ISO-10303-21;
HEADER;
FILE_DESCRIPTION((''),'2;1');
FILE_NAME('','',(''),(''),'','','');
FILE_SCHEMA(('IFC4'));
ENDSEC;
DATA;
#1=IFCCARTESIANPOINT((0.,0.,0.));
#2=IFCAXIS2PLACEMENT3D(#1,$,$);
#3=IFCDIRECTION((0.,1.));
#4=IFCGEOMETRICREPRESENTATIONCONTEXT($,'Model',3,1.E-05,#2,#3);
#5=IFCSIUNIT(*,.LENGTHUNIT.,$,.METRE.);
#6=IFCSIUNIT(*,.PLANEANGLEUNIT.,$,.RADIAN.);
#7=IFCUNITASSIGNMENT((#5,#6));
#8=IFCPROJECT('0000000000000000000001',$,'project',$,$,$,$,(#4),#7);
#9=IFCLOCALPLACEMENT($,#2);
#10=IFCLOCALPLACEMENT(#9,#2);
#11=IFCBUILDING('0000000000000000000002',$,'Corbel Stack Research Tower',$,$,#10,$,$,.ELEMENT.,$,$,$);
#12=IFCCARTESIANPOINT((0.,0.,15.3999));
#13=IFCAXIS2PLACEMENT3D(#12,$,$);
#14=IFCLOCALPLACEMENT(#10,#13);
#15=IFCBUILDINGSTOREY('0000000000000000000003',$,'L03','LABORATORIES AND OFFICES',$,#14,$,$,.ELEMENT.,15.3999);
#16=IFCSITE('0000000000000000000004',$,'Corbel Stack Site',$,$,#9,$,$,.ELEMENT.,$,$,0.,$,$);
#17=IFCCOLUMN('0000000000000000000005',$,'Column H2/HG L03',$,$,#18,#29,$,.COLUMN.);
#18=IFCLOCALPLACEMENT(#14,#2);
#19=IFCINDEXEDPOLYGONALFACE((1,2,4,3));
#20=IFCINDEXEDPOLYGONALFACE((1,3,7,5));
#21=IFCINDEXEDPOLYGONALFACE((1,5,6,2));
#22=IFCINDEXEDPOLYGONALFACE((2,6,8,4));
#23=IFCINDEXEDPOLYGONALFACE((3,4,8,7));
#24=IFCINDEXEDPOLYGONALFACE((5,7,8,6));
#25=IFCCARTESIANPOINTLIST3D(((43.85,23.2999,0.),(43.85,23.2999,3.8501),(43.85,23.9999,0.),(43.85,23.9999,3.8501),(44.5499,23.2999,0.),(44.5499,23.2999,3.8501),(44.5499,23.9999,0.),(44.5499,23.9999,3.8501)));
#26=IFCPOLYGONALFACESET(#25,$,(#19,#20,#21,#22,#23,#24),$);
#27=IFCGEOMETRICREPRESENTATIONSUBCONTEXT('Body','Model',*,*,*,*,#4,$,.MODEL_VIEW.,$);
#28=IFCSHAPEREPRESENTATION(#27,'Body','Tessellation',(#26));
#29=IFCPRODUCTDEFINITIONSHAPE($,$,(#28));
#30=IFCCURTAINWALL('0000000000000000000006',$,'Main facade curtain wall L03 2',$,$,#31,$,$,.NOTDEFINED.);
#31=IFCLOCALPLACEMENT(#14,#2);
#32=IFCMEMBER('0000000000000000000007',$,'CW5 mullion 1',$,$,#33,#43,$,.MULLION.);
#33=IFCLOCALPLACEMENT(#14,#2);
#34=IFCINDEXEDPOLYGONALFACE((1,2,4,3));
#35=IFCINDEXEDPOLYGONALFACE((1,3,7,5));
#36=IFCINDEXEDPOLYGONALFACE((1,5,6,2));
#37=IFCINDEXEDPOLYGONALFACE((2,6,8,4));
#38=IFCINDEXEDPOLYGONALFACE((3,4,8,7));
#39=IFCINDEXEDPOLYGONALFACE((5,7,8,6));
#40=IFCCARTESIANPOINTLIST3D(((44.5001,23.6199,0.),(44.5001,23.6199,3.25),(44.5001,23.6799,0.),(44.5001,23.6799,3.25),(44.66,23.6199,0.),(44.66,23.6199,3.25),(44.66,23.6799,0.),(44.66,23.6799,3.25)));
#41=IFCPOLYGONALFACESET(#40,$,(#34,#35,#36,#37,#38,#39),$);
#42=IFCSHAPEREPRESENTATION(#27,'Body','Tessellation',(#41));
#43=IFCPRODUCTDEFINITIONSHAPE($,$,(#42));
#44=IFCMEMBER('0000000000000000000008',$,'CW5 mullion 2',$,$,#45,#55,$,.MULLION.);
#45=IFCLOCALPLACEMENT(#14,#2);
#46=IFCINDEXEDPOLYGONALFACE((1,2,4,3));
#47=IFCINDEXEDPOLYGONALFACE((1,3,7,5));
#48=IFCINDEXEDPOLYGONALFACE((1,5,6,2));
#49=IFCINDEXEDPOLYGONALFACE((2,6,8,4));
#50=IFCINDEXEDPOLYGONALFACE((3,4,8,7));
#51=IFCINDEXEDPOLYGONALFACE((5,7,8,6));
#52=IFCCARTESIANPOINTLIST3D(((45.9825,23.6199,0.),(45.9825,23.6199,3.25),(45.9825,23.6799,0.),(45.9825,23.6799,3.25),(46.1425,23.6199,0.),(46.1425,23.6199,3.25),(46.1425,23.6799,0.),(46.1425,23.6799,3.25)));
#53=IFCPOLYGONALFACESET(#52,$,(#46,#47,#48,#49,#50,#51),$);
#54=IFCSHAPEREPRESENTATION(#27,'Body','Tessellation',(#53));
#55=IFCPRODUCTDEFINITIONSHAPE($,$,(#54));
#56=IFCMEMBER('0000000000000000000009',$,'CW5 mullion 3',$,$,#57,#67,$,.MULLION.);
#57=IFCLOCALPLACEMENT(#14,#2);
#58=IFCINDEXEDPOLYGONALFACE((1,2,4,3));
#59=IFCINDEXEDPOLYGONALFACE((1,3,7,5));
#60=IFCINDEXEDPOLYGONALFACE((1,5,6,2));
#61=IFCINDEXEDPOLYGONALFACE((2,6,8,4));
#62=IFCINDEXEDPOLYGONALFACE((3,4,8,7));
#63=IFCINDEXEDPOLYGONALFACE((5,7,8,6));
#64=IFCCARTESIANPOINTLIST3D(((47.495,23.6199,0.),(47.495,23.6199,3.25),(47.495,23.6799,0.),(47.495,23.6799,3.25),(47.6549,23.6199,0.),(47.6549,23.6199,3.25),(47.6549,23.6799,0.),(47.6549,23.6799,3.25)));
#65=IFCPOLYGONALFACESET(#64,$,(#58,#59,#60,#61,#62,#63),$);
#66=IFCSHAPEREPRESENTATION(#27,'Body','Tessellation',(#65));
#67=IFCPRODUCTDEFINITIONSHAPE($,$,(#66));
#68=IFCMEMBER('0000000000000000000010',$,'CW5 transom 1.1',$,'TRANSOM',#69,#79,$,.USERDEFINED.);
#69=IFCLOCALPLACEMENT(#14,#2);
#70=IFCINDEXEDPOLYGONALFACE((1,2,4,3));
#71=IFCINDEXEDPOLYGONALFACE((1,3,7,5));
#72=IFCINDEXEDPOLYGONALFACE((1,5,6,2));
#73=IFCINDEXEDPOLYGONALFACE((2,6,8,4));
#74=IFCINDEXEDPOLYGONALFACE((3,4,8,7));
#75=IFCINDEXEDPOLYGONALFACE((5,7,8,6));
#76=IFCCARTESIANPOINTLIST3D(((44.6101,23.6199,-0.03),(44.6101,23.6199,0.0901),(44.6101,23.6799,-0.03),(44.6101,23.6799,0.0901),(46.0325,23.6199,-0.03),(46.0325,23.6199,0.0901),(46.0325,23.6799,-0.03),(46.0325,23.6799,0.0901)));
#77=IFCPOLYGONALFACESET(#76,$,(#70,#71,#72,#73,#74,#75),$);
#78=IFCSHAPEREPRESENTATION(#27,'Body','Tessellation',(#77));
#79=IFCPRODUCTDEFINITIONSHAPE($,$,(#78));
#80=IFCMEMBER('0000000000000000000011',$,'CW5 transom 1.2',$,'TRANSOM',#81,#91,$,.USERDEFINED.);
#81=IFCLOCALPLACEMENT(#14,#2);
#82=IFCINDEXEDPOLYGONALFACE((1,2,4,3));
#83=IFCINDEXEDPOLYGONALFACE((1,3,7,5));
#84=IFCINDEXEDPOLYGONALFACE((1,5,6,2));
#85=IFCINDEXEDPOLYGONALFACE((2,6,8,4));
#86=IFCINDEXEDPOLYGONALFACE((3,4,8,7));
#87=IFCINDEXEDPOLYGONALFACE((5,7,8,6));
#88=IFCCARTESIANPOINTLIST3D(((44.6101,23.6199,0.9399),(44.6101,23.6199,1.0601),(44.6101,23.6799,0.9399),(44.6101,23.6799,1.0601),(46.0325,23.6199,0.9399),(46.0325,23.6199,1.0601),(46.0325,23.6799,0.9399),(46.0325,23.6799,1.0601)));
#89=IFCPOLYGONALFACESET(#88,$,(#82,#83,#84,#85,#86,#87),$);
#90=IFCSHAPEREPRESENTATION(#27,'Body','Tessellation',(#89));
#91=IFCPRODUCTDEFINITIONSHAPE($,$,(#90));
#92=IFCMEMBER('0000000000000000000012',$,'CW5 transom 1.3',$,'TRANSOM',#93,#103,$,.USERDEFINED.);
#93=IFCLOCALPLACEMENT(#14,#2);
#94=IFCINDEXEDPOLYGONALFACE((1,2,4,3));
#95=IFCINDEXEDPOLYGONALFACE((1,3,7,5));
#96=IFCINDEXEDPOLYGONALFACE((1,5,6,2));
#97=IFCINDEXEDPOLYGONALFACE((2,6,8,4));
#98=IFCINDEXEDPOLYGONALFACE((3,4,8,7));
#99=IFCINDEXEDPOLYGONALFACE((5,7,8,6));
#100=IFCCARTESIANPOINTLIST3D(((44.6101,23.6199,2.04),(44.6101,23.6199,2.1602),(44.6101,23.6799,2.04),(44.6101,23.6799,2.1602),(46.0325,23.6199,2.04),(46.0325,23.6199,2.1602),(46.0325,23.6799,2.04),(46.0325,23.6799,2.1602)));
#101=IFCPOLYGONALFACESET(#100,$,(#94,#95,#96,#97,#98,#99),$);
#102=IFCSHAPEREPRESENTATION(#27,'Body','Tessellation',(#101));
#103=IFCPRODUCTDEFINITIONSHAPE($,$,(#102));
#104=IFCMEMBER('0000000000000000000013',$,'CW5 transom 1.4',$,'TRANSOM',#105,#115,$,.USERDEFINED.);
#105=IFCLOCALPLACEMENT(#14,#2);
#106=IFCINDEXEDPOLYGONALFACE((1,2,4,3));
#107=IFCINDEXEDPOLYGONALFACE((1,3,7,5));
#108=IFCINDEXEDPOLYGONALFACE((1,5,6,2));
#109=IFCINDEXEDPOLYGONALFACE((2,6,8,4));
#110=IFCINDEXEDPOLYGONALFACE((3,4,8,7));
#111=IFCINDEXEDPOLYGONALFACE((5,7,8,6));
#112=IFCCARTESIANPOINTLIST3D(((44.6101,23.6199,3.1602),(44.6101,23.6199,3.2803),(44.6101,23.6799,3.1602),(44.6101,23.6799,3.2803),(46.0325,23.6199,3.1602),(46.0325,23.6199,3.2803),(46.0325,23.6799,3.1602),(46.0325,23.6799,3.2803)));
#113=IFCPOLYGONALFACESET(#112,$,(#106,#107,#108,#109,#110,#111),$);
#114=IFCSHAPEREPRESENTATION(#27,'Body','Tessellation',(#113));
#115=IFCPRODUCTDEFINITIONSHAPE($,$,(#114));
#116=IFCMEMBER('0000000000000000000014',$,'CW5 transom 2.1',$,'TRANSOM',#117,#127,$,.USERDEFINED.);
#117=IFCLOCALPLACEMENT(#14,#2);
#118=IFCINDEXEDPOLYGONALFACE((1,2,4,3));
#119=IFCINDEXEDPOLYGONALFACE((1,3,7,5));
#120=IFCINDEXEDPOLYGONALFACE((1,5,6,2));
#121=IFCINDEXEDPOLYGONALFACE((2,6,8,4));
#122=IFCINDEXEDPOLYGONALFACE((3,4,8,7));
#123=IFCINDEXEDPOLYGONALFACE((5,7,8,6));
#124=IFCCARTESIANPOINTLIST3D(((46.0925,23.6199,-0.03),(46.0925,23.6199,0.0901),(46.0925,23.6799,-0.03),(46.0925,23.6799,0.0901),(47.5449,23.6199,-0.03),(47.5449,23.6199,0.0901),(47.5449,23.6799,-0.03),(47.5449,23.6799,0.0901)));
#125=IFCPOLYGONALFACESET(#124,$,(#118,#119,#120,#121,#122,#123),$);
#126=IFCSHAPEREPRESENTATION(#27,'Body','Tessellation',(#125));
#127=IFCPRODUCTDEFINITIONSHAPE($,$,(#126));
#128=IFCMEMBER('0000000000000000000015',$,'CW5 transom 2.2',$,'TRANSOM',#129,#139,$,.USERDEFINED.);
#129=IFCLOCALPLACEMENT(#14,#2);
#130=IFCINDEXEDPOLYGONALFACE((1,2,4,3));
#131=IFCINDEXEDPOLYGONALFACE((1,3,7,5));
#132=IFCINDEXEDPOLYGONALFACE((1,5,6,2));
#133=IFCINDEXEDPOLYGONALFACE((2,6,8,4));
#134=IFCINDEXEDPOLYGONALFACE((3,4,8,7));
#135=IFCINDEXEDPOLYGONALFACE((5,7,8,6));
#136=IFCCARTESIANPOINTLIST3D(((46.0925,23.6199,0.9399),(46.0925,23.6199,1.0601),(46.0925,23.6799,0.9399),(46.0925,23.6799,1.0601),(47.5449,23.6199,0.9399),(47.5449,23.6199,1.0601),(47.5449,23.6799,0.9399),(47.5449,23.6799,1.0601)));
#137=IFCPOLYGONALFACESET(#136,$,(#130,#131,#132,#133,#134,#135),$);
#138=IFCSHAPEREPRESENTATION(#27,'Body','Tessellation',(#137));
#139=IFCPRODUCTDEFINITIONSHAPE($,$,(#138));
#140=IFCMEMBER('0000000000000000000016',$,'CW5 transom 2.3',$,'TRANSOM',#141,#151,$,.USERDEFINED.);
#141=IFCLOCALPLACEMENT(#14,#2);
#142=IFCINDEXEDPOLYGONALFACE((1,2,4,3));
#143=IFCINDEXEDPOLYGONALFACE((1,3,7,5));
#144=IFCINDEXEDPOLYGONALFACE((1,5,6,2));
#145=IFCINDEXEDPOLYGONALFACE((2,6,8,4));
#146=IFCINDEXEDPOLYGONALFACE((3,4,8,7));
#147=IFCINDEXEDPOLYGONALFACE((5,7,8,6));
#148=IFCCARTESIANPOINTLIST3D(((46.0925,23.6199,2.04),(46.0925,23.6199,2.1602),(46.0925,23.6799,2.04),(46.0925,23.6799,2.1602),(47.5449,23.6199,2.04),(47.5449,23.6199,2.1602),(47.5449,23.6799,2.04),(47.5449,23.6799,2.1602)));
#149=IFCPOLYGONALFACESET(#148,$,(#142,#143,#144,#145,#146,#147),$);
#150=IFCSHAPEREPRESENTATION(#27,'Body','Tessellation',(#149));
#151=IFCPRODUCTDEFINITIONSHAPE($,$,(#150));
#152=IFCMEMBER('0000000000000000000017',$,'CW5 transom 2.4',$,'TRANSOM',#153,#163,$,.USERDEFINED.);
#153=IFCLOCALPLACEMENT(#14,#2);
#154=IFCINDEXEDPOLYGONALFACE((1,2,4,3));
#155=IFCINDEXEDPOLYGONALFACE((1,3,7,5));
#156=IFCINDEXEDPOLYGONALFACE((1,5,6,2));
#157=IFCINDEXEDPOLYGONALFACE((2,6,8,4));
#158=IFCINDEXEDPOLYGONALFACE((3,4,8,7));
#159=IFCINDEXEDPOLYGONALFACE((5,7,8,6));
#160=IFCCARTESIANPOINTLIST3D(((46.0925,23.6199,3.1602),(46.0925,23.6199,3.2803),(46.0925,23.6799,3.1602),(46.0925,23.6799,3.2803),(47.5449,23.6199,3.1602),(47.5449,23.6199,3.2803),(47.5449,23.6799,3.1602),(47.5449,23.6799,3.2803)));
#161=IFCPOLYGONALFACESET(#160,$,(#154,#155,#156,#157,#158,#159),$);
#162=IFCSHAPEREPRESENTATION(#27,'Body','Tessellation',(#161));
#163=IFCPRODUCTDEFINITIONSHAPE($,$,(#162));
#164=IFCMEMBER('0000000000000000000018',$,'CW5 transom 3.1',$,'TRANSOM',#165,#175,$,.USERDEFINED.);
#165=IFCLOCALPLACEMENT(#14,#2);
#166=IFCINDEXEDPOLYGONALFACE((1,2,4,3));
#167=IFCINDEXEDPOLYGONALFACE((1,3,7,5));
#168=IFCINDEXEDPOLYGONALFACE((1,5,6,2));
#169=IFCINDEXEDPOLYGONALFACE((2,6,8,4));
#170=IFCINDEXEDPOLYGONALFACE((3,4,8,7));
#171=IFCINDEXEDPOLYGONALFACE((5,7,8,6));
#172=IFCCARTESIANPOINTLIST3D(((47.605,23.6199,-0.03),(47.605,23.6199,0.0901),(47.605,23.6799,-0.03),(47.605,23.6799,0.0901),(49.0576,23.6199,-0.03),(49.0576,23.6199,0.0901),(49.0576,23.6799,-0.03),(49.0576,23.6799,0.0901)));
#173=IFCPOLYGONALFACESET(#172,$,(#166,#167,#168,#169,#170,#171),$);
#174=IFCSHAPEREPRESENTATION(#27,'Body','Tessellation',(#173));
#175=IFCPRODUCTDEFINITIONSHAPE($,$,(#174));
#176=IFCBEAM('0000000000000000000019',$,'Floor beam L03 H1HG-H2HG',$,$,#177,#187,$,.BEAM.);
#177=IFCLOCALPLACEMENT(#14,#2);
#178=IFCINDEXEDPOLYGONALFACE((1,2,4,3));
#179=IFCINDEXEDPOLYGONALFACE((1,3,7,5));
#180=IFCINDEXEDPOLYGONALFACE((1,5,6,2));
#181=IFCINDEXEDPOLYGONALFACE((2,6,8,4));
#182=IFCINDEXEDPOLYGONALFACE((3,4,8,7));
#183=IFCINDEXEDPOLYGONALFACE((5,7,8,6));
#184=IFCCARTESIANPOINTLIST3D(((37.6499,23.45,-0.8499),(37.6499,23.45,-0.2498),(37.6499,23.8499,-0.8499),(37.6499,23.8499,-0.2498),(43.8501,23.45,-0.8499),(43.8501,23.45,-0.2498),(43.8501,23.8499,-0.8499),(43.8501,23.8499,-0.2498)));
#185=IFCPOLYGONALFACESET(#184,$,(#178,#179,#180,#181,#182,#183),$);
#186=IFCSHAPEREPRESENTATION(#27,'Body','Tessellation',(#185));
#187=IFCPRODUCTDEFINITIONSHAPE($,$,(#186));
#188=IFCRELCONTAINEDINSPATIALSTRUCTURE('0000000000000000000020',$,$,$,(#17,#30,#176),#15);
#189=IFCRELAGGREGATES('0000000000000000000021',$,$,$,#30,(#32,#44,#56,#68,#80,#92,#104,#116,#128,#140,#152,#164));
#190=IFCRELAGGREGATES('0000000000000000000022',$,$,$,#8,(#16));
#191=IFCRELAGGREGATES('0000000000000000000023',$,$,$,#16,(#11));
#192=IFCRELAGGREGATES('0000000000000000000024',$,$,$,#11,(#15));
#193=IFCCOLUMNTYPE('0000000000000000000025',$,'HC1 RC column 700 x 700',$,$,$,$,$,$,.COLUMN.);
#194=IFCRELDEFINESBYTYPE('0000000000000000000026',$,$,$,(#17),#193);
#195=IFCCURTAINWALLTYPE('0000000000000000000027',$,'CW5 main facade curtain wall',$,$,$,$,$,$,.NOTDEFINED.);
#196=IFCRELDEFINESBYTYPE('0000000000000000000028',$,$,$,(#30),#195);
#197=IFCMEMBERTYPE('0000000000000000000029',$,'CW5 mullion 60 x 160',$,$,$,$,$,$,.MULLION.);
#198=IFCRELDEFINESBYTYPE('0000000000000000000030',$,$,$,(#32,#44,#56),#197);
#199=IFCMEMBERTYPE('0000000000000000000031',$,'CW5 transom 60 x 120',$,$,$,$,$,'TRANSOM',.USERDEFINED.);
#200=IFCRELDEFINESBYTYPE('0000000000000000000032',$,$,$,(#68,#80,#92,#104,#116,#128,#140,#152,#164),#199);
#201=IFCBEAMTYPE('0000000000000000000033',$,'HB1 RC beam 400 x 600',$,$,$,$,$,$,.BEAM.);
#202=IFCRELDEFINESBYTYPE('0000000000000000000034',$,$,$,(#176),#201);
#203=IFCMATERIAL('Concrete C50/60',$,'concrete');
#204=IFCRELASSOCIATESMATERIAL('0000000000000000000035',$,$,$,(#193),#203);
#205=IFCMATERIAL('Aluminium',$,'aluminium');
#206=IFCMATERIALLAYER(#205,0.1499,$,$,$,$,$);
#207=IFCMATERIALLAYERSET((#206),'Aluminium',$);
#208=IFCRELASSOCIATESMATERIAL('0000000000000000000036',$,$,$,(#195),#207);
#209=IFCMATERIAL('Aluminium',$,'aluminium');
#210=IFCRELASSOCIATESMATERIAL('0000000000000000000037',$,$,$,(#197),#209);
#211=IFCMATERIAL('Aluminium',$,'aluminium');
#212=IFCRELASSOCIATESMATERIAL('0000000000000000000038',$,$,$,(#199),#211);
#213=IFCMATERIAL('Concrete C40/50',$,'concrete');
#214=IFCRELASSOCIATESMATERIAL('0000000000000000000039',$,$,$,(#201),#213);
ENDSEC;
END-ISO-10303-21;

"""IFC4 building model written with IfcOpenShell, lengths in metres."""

from ifc_helpers import new_model, si_unit, direction, frame, origin, origin_2d, place, context, subcontext, project, spatial, rectangle, extrude, material, layer, layer_set, material_profile, profile_set, type_object, element, aggregate, save


model = new_model("IFC4")

# Units and contexts
model_context = context("Model", 3, precision=1e-05, world=origin(), true_north=direction((0.0, 1.0)))
body_context = subcontext(model_context, "Body", "Model", "MODEL_VIEW")
ifc_project = project(units=[si_unit("LENGTHUNIT", "METRE"), si_unit("PLANEANGLEUNIT", "RADIAN")], contexts=[model_context])

# Site, building, storey
site_placement = place(None, origin())
site = spatial("IfcSite", under=ifc_project, at=site_placement, Name="Corbel Stack Site", CompositionType="ELEMENT", RefElevation=0.0)
building_placement = place(site_placement, origin())
building = spatial("IfcBuilding", under=site, at=building_placement, Name="Corbel Stack Research Tower", CompositionType="ELEMENT")
storey_placement = place(building_placement, frame((0.0, 0.0, 15.3999)))
storey = spatial("IfcBuildingStorey", under=building, at=storey_placement, Name="L03", Description="LABORATORIES AND OFFICES", CompositionType="ELEMENT", Elevation=15.3999)

# Column
ifc_material_1 = material(Name="Concrete C50/60", Category="concrete")
ifc_material_profile_1 = material_profile(ifc_material_1, rectangle(XDim=0.7, YDim=0.7, at=origin_2d()), Name="RC 700 x 700")
ifc_profile_set_1 = profile_set([ifc_material_profile_1], Name="Concrete C50/60")
column_type = type_object("IfcColumnType", Name="HC1 RC column 700 x 700", PredefinedType="COLUMN", material=ifc_profile_set_1)
column_placement = place(storey_placement, frame((44.2, 23.6499, 0.0), z_axis=(0.0, 0.0, 1.0), x_axis=(1.0, 0.0, 0.0)))
element("IfcColumn", 1, at=column_placement, inside=storey, type_object=column_type, Name="Column H2/HG L03", PredefinedType="COLUMN", context=body_context, shape_type="SweptSolid", body=[
    extrude(rectangle(XDim=0.7, YDim=0.7, at=origin_2d()), origin(), (0.0, 0.0, 1.0), 3.8501),
])

# Curtain wall, members
ifc_material_2 = material(Name="Aluminium", Category="aluminium")
ifc_layer_1 = layer(ifc_material_2, 0.1499)
ifc_layer_set_1 = layer_set([ifc_layer_1], Name="Aluminium")
curtain_wall_type = type_object("IfcCurtainWallType", Name="CW5 main facade curtain wall", PredefinedType="NOTDEFINED", material=ifc_layer_set_1)
curtain_wall_placement = place(storey_placement, origin())
curtain_wall = element("IfcCurtainWall", 2, at=curtain_wall_placement, inside=storey, type_object=curtain_wall_type, Name="Main facade curtain wall L03 2", PredefinedType="NOTDEFINED")
ifc_material_3 = material(Name="Aluminium", Category="aluminium")
ifc_material_profile_2 = material_profile(ifc_material_3, rectangle(XDim=0.0601, YDim=0.1599, at=origin_2d()), Name="Mullion 60 x 160")
ifc_profile_set_2 = profile_set([ifc_material_profile_2], Name="Aluminium")
member_type_1 = type_object("IfcMemberType", Name="CW5 mullion 60 x 160", PredefinedType="MULLION", material=ifc_profile_set_2)
member_1_placement = place(storey_placement, frame((44.5801, 23.6499, 0.0), z_axis=(0.0, 0.0, 1.0), x_axis=(0.0, 1.0, 0.0)))
member_1 = element("IfcMember", 3, at=member_1_placement, type_object=member_type_1, Name="CW5 mullion 1", PredefinedType="MULLION", context=body_context, shape_type="SweptSolid", body=[
    extrude(rectangle(XDim=0.0601, YDim=0.1599, at=origin_2d()), origin(), (0.0, 0.0, 1.0), 3.25),
])
member_2_placement = place(storey_placement, frame((46.0625, 23.6499, 0.0), z_axis=(0.0, 0.0, 1.0), x_axis=(0.0, 1.0, 0.0)))
member_2 = element("IfcMember", 4, at=member_2_placement, type_object=member_type_1, Name="CW5 mullion 2", PredefinedType="MULLION", context=body_context, shape_type="SweptSolid", body=[
    extrude(rectangle(XDim=0.0601, YDim=0.1599, at=origin_2d()), origin(), (0.0, 0.0, 1.0), 3.25),
])
member_3_placement = place(storey_placement, frame((47.575, 23.6499, 0.0), z_axis=(0.0, 0.0, 1.0), x_axis=(0.0, 1.0, 0.0)))
member_3 = element("IfcMember", 5, at=member_3_placement, type_object=member_type_1, Name="CW5 mullion 3", PredefinedType="MULLION", context=body_context, shape_type="SweptSolid", body=[
    extrude(rectangle(XDim=0.0601, YDim=0.1599, at=origin_2d()), origin(), (0.0, 0.0, 1.0), 3.25),
])
ifc_material_4 = material(Name="Aluminium", Category="aluminium")
ifc_material_profile_3 = material_profile(ifc_material_4, rectangle(XDim=0.0601, YDim=0.1201, at=origin_2d()), Name="Transom 60 x 120")
ifc_profile_set_3 = profile_set([ifc_material_profile_3], Name="Aluminium")
member_type_2 = type_object("IfcMemberType", Name="CW5 transom 60 x 120", ElementType="TRANSOM", PredefinedType="USERDEFINED", material=ifc_profile_set_3)
member_4_placement = place(storey_placement, frame((44.6101, 23.6499, 0.03), z_axis=(1.0, 0.0, 0.0), x_axis=(0.0, 1.0, 0.0)))
member_4 = element("IfcMember", 6, at=member_4_placement, type_object=member_type_2, Name="CW5 transom 1.1", ObjectType="TRANSOM", PredefinedType="USERDEFINED", context=body_context, shape_type="SweptSolid", body=[
    extrude(rectangle(XDim=0.0601, YDim=0.1201, at=origin_2d()), origin(), (0.0, 0.0, 1.0), 1.4224),
])
member_5_placement = place(storey_placement, frame((44.6101, 23.6499, 1.0), z_axis=(1.0, 0.0, 0.0), x_axis=(0.0, 1.0, 0.0)))
member_5 = element("IfcMember", 7, at=member_5_placement, type_object=member_type_2, Name="CW5 transom 1.2", ObjectType="TRANSOM", PredefinedType="USERDEFINED", context=body_context, shape_type="SweptSolid", body=[
    extrude(rectangle(XDim=0.0601, YDim=0.1201, at=origin_2d()), origin(), (0.0, 0.0, 1.0), 1.4224),
])
member_6_placement = place(storey_placement, frame((44.6101, 23.6499, 2.1001), z_axis=(1.0, 0.0, 0.0), x_axis=(0.0, 1.0, 0.0)))
member_6 = element("IfcMember", 8, at=member_6_placement, type_object=member_type_2, Name="CW5 transom 1.3", ObjectType="TRANSOM", PredefinedType="USERDEFINED", context=body_context, shape_type="SweptSolid", body=[
    extrude(rectangle(XDim=0.0601, YDim=0.1201, at=origin_2d()), origin(), (0.0, 0.0, 1.0), 1.4224),
])
member_7_placement = place(storey_placement, frame((44.6101, 23.6499, 3.2202), z_axis=(1.0, 0.0, 0.0), x_axis=(0.0, 1.0, 0.0)))
member_7 = element("IfcMember", 9, at=member_7_placement, type_object=member_type_2, Name="CW5 transom 1.4", ObjectType="TRANSOM", PredefinedType="USERDEFINED", context=body_context, shape_type="SweptSolid", body=[
    extrude(rectangle(XDim=0.0601, YDim=0.1201, at=origin_2d()), origin(), (0.0, 0.0, 1.0), 1.4224),
])
member_8_placement = place(storey_placement, frame((46.0925, 23.6499, 0.03), z_axis=(1.0, 0.0, 0.0), x_axis=(0.0, 1.0, 0.0)))
member_8 = element("IfcMember", 10, at=member_8_placement, type_object=member_type_2, Name="CW5 transom 2.1", ObjectType="TRANSOM", PredefinedType="USERDEFINED", context=body_context, shape_type="SweptSolid", body=[
    extrude(rectangle(XDim=0.0601, YDim=0.1201, at=origin_2d()), origin(), (0.0, 0.0, 1.0), 1.4524),
])
member_9_placement = place(storey_placement, frame((46.0925, 23.6499, 1.0), z_axis=(1.0, 0.0, 0.0), x_axis=(0.0, 1.0, 0.0)))
member_9 = element("IfcMember", 11, at=member_9_placement, type_object=member_type_2, Name="CW5 transom 2.2", ObjectType="TRANSOM", PredefinedType="USERDEFINED", context=body_context, shape_type="SweptSolid", body=[
    extrude(rectangle(XDim=0.0601, YDim=0.1201, at=origin_2d()), origin(), (0.0, 0.0, 1.0), 1.4524),
])
member_10_placement = place(storey_placement, frame((46.0925, 23.6499, 2.1001), z_axis=(1.0, 0.0, 0.0), x_axis=(0.0, 1.0, 0.0)))
member_10 = element("IfcMember", 12, at=member_10_placement, type_object=member_type_2, Name="CW5 transom 2.3", ObjectType="TRANSOM", PredefinedType="USERDEFINED", context=body_context, shape_type="SweptSolid", body=[
    extrude(rectangle(XDim=0.0601, YDim=0.1201, at=origin_2d()), origin(), (0.0, 0.0, 1.0), 1.4524),
])
member_11_placement = place(storey_placement, frame((46.0925, 23.6499, 3.2202), z_axis=(1.0, 0.0, 0.0), x_axis=(0.0, 1.0, 0.0)))
member_11 = element("IfcMember", 13, at=member_11_placement, type_object=member_type_2, Name="CW5 transom 2.4", ObjectType="TRANSOM", PredefinedType="USERDEFINED", context=body_context, shape_type="SweptSolid", body=[
    extrude(rectangle(XDim=0.0601, YDim=0.1201, at=origin_2d()), origin(), (0.0, 0.0, 1.0), 1.4524),
])
member_12_placement = place(storey_placement, frame((47.605, 23.6499, 0.03), z_axis=(1.0, 0.0, 0.0), x_axis=(0.0, 1.0, 0.0)))
member_12 = element("IfcMember", 14, at=member_12_placement, type_object=member_type_2, Name="CW5 transom 3.1", ObjectType="TRANSOM", PredefinedType="USERDEFINED", context=body_context, shape_type="SweptSolid", body=[
    extrude(rectangle(XDim=0.0601, YDim=0.1201, at=origin_2d()), origin(), (0.0, 0.0, 1.0), 1.4526),
])

# Beam
ifc_material_5 = material(Name="Concrete C40/50", Category="concrete")
ifc_material_profile_4 = material_profile(ifc_material_5, rectangle(XDim=0.3999, YDim=0.6001, at=origin_2d()), Name="RC 400 x 600")
ifc_profile_set_4 = profile_set([ifc_material_profile_4], Name="Concrete C40/50")
beam_type = type_object("IfcBeamType", Name="HB1 RC beam 400 x 600", PredefinedType="BEAM", material=ifc_profile_set_4)
beam_1_placement = place(storey_placement, frame((37.6499, 23.6499, -0.5498), z_axis=(1.0, 0.0, 0.0), x_axis=(0.0, 1.0, 0.0)))
element("IfcBeam", 15, at=beam_1_placement, inside=storey, type_object=beam_type, Name="Floor beam L03 H1HG-H2HG", PredefinedType="BEAM", context=body_context, shape_type="SweptSolid", body=[
    extrude(rectangle(XDim=0.3999, YDim=0.6001, at=origin_2d()), origin(), (0.0, 0.0, 1.0), 6.2002),
])

aggregate(curtain_wall, [member_1, member_2, member_3, member_4, member_5, member_6, member_7, member_8, member_9, member_10, member_11, member_12])

save(model, "model.ifc")
